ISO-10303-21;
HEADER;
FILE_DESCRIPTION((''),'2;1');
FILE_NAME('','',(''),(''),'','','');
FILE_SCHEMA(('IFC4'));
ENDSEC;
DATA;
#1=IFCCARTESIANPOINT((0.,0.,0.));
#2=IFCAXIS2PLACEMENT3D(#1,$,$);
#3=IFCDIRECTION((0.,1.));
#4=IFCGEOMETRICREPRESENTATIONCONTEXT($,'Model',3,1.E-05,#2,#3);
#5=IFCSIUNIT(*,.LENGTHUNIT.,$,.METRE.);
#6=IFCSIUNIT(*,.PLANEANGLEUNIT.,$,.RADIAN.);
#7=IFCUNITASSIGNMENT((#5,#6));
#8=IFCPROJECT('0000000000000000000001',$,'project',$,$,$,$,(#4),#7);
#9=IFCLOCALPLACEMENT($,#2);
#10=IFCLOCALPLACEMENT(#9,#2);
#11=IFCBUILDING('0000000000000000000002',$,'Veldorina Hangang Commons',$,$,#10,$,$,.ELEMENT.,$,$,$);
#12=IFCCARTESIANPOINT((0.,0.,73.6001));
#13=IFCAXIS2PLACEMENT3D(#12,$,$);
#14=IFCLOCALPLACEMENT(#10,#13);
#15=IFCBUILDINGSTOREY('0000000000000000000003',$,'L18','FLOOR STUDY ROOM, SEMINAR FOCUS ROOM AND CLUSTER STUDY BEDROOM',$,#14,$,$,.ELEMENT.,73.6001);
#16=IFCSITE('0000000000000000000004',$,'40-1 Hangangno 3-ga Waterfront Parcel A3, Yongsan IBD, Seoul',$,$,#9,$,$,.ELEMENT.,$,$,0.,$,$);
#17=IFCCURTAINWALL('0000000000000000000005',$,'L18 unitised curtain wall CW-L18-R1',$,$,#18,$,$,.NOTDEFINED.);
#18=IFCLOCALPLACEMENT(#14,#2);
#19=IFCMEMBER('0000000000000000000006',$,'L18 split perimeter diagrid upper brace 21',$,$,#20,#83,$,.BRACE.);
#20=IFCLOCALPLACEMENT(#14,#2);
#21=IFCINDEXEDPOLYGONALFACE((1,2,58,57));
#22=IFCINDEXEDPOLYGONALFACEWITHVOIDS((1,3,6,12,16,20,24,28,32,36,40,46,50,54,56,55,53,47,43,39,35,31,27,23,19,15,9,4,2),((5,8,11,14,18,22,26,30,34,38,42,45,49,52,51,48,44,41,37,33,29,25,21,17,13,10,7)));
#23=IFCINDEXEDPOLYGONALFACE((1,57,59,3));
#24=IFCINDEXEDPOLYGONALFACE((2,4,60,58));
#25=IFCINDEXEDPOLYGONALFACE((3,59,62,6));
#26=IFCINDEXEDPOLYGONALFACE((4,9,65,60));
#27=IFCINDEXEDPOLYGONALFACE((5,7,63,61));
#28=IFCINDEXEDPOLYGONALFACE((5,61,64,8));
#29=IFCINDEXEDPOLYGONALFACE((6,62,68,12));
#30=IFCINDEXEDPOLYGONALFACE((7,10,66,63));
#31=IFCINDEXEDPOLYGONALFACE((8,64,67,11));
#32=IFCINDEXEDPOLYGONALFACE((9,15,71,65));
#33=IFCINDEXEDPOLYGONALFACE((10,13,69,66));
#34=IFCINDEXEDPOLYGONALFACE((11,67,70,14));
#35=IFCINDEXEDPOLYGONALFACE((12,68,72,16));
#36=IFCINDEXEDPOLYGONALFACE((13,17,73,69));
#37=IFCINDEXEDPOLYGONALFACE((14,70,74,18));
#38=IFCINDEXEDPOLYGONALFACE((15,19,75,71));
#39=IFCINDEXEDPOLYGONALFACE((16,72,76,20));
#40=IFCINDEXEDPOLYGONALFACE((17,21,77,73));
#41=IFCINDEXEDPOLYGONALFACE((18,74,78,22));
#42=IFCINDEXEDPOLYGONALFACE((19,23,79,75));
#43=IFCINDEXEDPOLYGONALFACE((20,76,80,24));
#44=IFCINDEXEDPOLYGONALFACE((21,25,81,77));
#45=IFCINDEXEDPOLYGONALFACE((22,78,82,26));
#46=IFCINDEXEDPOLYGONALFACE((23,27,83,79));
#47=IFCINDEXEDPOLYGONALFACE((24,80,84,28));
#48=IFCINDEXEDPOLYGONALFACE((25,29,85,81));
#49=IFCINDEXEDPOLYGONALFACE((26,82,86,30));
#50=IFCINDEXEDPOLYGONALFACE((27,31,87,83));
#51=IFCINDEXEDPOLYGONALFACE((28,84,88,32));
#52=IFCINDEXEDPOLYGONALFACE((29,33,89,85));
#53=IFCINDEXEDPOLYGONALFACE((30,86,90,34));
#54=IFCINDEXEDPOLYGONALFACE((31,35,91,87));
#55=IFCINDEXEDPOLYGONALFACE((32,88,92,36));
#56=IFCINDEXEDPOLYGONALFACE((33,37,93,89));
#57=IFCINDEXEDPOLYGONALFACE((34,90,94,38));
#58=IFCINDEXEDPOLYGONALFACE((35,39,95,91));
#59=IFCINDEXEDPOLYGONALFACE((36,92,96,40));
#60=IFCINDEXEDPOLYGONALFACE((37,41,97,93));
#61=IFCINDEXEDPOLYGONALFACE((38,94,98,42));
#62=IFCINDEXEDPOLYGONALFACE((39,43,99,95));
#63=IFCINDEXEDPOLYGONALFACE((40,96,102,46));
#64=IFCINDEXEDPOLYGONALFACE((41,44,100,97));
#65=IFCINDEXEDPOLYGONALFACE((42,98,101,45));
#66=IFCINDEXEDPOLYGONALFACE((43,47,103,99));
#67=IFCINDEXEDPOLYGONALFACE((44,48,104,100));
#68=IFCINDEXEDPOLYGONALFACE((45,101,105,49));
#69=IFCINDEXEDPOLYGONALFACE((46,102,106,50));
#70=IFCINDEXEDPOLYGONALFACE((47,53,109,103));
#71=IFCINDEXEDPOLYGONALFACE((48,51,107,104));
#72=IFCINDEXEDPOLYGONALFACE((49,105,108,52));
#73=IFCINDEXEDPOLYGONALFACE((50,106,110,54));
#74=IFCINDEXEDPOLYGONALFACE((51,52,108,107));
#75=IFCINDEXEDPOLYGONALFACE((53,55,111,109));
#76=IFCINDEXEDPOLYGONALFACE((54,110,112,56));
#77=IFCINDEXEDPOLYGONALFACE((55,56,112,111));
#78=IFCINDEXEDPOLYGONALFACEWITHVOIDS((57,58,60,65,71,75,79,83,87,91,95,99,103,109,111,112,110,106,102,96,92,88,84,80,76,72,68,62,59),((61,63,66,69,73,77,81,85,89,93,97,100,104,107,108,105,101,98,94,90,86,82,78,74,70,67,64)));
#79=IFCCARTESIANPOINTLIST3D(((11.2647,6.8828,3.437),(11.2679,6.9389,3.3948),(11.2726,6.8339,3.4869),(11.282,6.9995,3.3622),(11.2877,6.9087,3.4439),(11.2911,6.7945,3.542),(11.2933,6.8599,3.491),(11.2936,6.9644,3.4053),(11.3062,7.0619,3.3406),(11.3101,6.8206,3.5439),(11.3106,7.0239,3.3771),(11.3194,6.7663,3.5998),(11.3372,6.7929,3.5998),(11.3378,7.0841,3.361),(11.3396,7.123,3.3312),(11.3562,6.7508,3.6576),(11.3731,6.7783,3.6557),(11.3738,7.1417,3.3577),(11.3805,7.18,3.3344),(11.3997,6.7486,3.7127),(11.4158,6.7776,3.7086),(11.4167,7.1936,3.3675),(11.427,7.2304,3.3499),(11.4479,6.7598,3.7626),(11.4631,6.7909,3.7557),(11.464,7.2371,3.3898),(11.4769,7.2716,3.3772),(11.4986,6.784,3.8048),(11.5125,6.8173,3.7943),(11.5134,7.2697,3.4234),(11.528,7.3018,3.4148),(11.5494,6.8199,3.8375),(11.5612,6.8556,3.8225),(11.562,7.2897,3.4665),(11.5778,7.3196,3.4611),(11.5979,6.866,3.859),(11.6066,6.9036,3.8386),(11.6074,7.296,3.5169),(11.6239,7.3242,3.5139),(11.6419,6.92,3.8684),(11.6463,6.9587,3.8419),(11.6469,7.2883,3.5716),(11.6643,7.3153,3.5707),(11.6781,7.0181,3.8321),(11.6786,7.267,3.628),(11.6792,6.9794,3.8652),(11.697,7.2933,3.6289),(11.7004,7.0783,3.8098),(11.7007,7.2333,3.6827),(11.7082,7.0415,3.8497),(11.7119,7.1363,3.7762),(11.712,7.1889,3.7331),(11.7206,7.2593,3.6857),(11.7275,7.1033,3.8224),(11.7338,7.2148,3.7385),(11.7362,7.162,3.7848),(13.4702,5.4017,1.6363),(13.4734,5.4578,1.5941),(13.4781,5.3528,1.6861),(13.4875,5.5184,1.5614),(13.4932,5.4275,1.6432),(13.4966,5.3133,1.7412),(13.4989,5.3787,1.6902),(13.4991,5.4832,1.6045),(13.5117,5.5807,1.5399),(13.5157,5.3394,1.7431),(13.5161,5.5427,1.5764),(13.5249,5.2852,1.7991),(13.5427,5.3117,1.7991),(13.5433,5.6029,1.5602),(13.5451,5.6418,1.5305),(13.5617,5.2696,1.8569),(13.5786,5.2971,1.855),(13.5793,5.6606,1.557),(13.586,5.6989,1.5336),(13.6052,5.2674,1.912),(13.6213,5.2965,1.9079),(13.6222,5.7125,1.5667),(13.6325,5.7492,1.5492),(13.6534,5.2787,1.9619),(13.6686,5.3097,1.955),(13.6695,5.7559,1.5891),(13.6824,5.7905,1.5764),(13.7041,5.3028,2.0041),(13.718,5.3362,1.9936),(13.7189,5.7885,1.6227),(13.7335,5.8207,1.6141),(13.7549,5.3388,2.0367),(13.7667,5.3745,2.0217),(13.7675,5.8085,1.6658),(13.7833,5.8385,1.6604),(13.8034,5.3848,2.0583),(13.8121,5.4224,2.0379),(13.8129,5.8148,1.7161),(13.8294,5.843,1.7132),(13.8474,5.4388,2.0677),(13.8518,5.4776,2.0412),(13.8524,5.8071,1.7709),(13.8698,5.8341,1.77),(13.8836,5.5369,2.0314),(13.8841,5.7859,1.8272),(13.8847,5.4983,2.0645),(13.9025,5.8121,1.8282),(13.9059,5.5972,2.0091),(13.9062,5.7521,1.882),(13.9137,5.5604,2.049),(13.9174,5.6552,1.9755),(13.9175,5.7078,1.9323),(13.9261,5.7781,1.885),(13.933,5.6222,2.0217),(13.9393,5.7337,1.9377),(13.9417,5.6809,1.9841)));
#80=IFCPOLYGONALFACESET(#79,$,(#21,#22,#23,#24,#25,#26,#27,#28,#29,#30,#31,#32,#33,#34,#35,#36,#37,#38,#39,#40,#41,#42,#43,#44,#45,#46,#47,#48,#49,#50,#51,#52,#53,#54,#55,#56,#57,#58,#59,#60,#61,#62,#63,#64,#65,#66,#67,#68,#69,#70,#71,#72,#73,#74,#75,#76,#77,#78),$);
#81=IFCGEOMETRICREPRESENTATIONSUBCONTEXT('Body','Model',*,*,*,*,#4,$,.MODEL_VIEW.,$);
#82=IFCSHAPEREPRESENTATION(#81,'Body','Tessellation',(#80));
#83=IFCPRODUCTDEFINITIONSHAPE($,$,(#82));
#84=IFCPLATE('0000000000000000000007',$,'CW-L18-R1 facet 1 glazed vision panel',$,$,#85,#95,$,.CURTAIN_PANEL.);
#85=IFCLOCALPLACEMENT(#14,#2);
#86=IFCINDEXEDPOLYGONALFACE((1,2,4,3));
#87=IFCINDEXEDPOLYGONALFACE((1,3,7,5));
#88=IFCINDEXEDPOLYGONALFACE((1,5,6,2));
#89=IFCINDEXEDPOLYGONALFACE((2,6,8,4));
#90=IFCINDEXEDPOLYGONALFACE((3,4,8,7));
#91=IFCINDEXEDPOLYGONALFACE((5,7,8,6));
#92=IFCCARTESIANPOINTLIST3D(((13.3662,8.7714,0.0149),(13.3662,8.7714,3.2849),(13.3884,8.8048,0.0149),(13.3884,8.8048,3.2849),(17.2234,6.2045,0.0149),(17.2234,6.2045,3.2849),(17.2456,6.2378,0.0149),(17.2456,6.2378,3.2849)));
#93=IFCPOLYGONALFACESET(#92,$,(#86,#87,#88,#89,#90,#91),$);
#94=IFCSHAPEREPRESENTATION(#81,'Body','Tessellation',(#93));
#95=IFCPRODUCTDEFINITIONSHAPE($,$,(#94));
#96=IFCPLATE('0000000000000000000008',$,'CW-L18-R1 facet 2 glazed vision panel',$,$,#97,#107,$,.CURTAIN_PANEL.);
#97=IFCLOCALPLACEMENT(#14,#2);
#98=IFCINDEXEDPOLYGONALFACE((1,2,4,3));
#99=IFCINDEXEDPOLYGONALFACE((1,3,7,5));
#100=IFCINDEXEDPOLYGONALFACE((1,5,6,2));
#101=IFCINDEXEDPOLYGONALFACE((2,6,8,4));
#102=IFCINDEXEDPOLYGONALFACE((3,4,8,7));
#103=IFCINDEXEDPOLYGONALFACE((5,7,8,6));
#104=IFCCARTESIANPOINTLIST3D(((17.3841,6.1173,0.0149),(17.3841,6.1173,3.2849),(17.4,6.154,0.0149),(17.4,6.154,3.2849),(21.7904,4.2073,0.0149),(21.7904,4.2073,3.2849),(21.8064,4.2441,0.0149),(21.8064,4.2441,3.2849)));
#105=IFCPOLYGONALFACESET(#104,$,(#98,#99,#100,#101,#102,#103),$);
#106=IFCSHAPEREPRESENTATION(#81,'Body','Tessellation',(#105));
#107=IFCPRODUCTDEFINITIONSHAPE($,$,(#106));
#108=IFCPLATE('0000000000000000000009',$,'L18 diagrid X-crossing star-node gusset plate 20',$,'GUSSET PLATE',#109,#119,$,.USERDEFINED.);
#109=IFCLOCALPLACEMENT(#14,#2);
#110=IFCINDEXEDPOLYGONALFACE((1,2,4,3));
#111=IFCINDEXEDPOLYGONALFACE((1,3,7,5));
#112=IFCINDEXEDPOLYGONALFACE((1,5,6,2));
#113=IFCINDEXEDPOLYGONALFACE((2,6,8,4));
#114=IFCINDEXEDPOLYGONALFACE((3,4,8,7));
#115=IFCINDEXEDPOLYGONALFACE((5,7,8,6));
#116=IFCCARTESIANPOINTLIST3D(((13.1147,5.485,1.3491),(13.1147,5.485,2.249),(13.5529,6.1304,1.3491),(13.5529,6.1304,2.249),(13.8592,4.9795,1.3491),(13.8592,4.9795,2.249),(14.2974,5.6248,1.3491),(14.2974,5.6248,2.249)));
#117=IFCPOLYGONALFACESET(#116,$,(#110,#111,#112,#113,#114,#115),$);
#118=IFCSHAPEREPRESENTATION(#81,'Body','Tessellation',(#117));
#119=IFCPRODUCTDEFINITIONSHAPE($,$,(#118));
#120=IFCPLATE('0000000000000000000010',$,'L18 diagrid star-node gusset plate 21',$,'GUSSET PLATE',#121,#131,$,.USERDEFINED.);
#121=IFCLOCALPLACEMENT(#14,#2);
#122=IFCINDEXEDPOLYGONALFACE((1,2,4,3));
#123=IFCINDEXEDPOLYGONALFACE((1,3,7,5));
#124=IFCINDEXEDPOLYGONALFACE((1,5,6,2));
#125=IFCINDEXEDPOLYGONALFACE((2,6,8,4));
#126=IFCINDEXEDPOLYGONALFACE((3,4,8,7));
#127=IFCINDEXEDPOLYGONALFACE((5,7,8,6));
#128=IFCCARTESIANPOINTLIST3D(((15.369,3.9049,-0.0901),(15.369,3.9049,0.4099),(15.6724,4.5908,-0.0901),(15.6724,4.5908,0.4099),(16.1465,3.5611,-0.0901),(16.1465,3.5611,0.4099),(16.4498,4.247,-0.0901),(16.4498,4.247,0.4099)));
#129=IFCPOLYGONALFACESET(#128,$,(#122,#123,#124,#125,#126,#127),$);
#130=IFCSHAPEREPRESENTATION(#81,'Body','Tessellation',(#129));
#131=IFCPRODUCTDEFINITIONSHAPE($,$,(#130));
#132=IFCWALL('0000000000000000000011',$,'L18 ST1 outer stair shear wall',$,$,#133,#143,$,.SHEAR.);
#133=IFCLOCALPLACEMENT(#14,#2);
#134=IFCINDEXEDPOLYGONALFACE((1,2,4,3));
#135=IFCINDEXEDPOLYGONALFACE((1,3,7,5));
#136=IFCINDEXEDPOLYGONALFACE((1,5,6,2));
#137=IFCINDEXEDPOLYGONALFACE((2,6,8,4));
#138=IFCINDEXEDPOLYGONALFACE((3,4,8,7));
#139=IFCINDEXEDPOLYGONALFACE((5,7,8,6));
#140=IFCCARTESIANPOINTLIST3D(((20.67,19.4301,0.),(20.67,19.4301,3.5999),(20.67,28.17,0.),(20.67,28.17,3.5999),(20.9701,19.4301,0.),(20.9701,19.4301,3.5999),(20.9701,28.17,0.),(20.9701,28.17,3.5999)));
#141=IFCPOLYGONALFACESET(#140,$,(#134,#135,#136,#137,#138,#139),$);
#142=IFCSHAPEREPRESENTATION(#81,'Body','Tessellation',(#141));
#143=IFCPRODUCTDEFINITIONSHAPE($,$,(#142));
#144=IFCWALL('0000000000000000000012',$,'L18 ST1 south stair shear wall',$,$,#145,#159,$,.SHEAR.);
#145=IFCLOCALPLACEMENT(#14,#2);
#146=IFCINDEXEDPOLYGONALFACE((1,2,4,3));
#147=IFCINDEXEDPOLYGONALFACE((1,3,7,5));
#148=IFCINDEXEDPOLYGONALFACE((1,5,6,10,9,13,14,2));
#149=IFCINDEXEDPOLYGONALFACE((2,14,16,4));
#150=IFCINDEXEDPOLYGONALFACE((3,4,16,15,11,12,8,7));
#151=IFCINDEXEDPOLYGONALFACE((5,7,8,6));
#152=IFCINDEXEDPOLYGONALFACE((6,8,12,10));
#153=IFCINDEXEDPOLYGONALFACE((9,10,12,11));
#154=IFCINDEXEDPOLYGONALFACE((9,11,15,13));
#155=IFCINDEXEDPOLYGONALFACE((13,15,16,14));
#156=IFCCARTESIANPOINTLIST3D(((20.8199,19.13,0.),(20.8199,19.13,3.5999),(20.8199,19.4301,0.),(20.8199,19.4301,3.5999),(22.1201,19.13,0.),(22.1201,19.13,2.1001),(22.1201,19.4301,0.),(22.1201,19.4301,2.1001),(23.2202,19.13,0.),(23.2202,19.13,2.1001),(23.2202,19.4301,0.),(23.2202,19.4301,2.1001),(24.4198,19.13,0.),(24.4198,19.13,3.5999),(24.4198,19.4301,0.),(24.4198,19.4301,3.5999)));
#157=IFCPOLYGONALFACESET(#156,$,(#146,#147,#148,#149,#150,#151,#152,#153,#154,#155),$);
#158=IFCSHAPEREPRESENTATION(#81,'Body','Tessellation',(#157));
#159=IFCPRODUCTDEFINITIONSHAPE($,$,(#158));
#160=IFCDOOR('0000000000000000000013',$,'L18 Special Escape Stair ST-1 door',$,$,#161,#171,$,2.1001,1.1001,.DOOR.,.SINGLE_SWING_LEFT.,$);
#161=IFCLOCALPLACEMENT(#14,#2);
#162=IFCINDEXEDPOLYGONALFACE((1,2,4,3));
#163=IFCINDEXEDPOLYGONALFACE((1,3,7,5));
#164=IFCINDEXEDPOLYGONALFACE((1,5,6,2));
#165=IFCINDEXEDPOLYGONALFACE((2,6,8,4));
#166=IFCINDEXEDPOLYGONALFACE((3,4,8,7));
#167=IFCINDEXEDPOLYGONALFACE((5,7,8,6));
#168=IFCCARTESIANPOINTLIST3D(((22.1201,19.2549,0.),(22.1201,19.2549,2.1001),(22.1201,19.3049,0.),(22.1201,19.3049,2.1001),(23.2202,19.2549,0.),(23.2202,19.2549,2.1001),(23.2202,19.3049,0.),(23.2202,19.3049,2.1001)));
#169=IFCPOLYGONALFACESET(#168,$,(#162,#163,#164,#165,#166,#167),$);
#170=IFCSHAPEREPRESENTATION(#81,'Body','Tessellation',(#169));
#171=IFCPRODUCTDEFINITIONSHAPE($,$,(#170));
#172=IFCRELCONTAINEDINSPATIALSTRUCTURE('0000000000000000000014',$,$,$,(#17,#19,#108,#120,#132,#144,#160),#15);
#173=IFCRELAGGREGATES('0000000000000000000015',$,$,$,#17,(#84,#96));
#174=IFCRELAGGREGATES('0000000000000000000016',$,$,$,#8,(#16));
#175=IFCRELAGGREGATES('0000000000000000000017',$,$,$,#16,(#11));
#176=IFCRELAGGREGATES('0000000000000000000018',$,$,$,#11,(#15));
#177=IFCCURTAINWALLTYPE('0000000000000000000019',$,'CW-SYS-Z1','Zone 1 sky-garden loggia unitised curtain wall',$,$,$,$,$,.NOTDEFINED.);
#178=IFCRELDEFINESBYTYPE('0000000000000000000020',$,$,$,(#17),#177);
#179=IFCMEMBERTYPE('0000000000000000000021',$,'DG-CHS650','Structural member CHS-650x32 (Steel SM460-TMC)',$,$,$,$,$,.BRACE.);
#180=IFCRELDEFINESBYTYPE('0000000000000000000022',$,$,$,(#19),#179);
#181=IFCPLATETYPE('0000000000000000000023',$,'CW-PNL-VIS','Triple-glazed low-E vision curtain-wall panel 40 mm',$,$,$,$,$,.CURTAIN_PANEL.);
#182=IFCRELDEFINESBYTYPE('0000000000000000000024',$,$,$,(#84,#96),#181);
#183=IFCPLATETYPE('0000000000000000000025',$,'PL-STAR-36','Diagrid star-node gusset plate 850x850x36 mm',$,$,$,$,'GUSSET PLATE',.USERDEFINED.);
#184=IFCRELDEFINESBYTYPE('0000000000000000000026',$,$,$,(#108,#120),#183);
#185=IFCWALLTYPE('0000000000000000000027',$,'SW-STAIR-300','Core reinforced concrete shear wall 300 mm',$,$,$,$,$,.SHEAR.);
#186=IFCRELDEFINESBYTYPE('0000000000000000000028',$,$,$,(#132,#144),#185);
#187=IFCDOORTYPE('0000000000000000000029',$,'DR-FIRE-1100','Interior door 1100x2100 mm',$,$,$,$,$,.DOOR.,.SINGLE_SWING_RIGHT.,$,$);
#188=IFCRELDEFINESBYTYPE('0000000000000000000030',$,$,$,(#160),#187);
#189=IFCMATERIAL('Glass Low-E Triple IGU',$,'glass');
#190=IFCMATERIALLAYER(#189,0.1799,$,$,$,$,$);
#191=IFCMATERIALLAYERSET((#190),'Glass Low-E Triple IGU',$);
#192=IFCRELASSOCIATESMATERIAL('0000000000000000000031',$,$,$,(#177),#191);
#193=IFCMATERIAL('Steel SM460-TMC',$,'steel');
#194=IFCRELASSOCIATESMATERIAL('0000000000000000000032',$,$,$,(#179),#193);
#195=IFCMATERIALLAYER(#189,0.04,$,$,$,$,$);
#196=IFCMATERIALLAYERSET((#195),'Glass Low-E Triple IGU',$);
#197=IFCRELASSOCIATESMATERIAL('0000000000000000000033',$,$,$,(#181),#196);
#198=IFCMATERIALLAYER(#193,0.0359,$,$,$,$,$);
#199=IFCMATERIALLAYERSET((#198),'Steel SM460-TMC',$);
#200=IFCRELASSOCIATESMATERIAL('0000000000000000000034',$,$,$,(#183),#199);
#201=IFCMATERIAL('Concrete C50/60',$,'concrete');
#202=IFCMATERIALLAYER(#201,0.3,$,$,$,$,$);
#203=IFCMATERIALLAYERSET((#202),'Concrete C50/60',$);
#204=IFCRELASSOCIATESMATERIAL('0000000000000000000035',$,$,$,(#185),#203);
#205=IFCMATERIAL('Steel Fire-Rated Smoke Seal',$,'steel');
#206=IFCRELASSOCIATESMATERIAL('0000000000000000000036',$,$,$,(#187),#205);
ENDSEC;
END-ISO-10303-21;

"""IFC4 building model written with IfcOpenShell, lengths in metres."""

from ifc_helpers import new_model, si_unit, direction, frame, frame_2d, origin, origin_2d, place, context, subcontext, project, spatial, rectangle, hollow_circle, extrude, material, layer, layer_set, material_profile, profile_set, type_object, element, fill, aggregate, save


model = new_model("IFC4")

# Units and contexts
model_context = context("Model", 3, precision=1e-05, world=origin(), true_north=direction((0.0, 1.0)))
body_context = subcontext(model_context, "Body", "Model", "MODEL_VIEW")
ifc_project = project(units=[si_unit("LENGTHUNIT", "METRE"), si_unit("PLANEANGLEUNIT", "RADIAN")], contexts=[model_context])

# Site, building, storey
site_placement = place(None, origin())
site = spatial("IfcSite", under=ifc_project, at=site_placement, Name="40-1 Hangangno 3-ga Waterfront Parcel A3, Yongsan IBD, Seoul", CompositionType="ELEMENT", RefElevation=0.0)
building_placement = place(site_placement, origin())
building = spatial("IfcBuilding", under=site, at=building_placement, Name="Veldorina Hangang Commons", CompositionType="ELEMENT")
storey_placement = place(building_placement, frame((0.0, 0.0, 73.6001)))
storey = spatial("IfcBuildingStorey", under=building, at=storey_placement, Name="L18", Description="FLOOR STUDY ROOM, SEMINAR FOCUS ROOM AND CLUSTER STUDY BEDROOM", CompositionType="ELEMENT", Elevation=73.6001)

# Curtain wall
ifc_material_1 = material(Name="Glass Low-E Triple IGU", Category="glass")
ifc_layer_1 = layer(ifc_material_1, 0.1799)
ifc_layer_set_1 = layer_set([ifc_layer_1], Name="Glass Low-E Triple IGU")
curtain_wall_type = type_object("IfcCurtainWallType", Name="CW-SYS-Z1", Description="Zone 1 sky-garden loggia unitised curtain wall", PredefinedType="NOTDEFINED", material=ifc_layer_set_1)
curtain_wall_placement = place(storey_placement, origin())
curtain_wall = element("IfcCurtainWall", 1, at=curtain_wall_placement, inside=storey, type_object=curtain_wall_type, Name="L18 unitised curtain wall CW-L18-R1", PredefinedType="NOTDEFINED")

# Member
ifc_material_2 = material(Name="Steel SM460-TMC", Category="steel")
ifc_material_profile_1 = material_profile(ifc_material_2, hollow_circle(Radius=0.325, WallThickness=0.032, at=origin_2d()), Name="CHS-650x32")
ifc_profile_set_1 = profile_set([ifc_material_profile_1], Name="Steel SM460-TMC")
member_type_1 = type_object("IfcMemberType", Name="DG-CHS650", Description="Structural member CHS-650x32 (Steel SM460-TMC)", PredefinedType="BRACE", material=ifc_profile_set_1)
member_1_placement = place(storey_placement, frame((13.7061, 5.5549, 1.7991), z_axis=(-0.687186, 0.461496, 0.561067), x_axis=(-0.557517, -0.830165, 0.0)))
element("IfcMember", 2, at=member_1_placement, inside=storey, type_object=member_type_1, Name="L18 split perimeter diagrid upper brace 21", PredefinedType="BRACE", context=body_context, shape_type="SweptSolid", body=[
    extrude(hollow_circle(Radius=0.325, WallThickness=0.032, at=origin_2d()), origin(), (0.0, 0.0, 1.0), 3.2095),
])

# Plates
ifc_layer_2 = layer(ifc_material_1, 0.04)
ifc_layer_set_2 = layer_set([ifc_layer_2], Name="Glass Low-E Triple IGU")
plate_type_1 = type_object("IfcPlateType", Name="CW-PNL-VIS", Description="Triple-glazed low-E vision curtain-wall panel 40 mm", PredefinedType="CURTAIN_PANEL", material=ifc_layer_set_2)
plate_1_placement = place(storey_placement, frame((15.3059, 7.5046, 0.0149), z_axis=(0.0, 0.0, 1.0), x_axis=(0.832506, -0.554016, 0.0)))
plate_1 = element("IfcPlate", 3, at=plate_1_placement, type_object=plate_type_1, Name="CW-L18-R1 facet 1 glazed vision panel", PredefinedType="CURTAIN_PANEL", context=body_context, shape_type="SweptSolid", body=[
    extrude(rectangle(XDim=4.6333, YDim=0.04, at=origin_2d()), origin(), (0.0, 0.0, 1.0), 3.27),
])
plate_2_placement = place(storey_placement, frame((19.5952, 5.1807, 0.0149), z_axis=(0.0, 0.0, 1.0), x_axis=(0.917519, -0.397692, 0.0)))
plate_2 = element("IfcPlate", 4, at=plate_2_placement, type_object=plate_type_1, Name="CW-L18-R1 facet 2 glazed vision panel", PredefinedType="CURTAIN_PANEL", context=body_context, shape_type="SweptSolid", body=[
    extrude(rectangle(XDim=4.8025, YDim=0.04, at=origin_2d()), origin(), (0.0, 0.0, 1.0), 3.27),
])
aggregate(curtain_wall, [plate_1, plate_2])

# Plates
ifc_layer_3 = layer(ifc_material_2, 0.0359)
ifc_layer_set_3 = layer_set([ifc_layer_3], Name="Steel SM460-TMC")
plate_type_2 = type_object("IfcPlateType", Name="PL-STAR-36", Description="Diagrid star-node gusset plate 850x850x36 mm", ElementType="GUSSET PLATE", PredefinedType="USERDEFINED", material=ifc_layer_set_3)
plate_3_placement = place(storey_placement, frame((13.7061, 5.5549, 1.3491), z_axis=(0.0, 0.0, 1.0), x_axis=(0.827316, -0.561737, 0.0)))
element("IfcPlate", 5, at=plate_3_placement, inside=storey, type_object=plate_type_2, Name="L18 diagrid X-crossing star-node gusset plate 20", ObjectType="GUSSET PLATE", PredefinedType="USERDEFINED", context=body_context, shape_type="SweptSolid", body=[
    extrude(rectangle(XDim=0.8999, YDim=0.78, at=origin_2d()), origin(), (0.0, 0.0, 1.0), 0.8999),
])
plate_4_placement = place(storey_placement, frame((15.9094, 4.0759, -0.0901), z_axis=(0.0, 0.0, 1.0), x_axis=(0.914558, -0.404455, 0.0)))
element("IfcPlate", 6, at=plate_4_placement, inside=storey, type_object=plate_type_2, Name="L18 diagrid star-node gusset plate 21", ObjectType="GUSSET PLATE", PredefinedType="USERDEFINED", context=body_context, shape_type="SweptSolid", body=[
    extrude(rectangle(XDim=0.8501, YDim=0.75, at=origin_2d()), origin(), (0.0, 0.0, 1.0), 0.5),
])

# Wall
ifc_material_3 = material(Name="Concrete C50/60", Category="concrete")
ifc_layer_4 = layer(ifc_material_3, 0.3)
ifc_layer_set_4 = layer_set([ifc_layer_4], Name="Concrete C50/60")
wall_type_1 = type_object("IfcWallType", Name="SW-STAIR-300", Description="Core reinforced concrete shear wall 300 mm", PredefinedType="SHEAR", material=ifc_layer_set_4)
wall_1_placement = place(storey_placement, frame((20.8201, 19.4299, 0.0), z_axis=(0.0, 0.0, 1.0), x_axis=(0.0, 1.0, 0.0)))
element("IfcWall", 7, at=wall_1_placement, inside=storey, type_object=wall_type_1, Name="L18 ST1 outer stair shear wall", PredefinedType="SHEAR", context=body_context, shape_type="SweptSolid", body=[
    extrude(rectangle(XDim=8.74, YDim=0.3, at=frame_2d((4.3701, 0.0))), origin(), (0.0, 0.0, 1.0), 3.5999),
])

# Wall, opening, door
wall_2_placement = place(storey_placement, frame((20.8201, 19.28, 0.0), z_axis=(0.0, 0.0, 1.0), x_axis=(1.0, 0.0, 0.0)))
wall_2 = element("IfcWall", 8, at=wall_2_placement, inside=storey, type_object=wall_type_1, Name="L18 ST1 south stair shear wall", PredefinedType="SHEAR", context=body_context, shape_type="SweptSolid", body=[
    extrude(rectangle(XDim=3.5999, YDim=0.3, at=frame_2d((1.7998, 0.0))), origin(), (0.0, 0.0, 1.0), 3.5999),
])
opening_1_placement = place(wall_2_placement, frame((1.3, 0.0, 0.0)))
opening_1 = element("IfcOpeningElement", 9, at=opening_1_placement, cuts=wall_2, PredefinedType="OPENING", context=body_context, shape_type="SweptSolid", body=[
    extrude(rectangle(XDim=1.1001, YDim=2.1001, at=frame_2d((0.55, 1.05))), frame((0.0, 0.1602, 0.0), z_axis=(0.0, -1.0, 0.0), x_axis=(1.0, 0.0, 0.0)), (0.0, 0.0, 1.0), 0.3201),
])
ifc_material_4 = material(Name="Steel Fire-Rated Smoke Seal", Category="steel")
door_type_1 = type_object("IfcDoorType", Name="DR-FIRE-1100", Description="Interior door 1100x2100 mm", OperationType="SINGLE_SWING_RIGHT", PredefinedType="DOOR", material=ifc_material_4)
door_1_placement = place(opening_1_placement, origin())
door_1 = element("IfcDoor", 10, at=door_1_placement, inside=storey, type_object=door_type_1, Name="L18 Special Escape Stair ST-1 door", OperationType="SINGLE_SWING_LEFT", OverallHeight=2.1001, OverallWidth=1.1001, PredefinedType="DOOR", context=body_context, shape_type="SweptSolid", body=[
    extrude(rectangle(XDim=1.1001, YDim=2.1001, at=frame_2d((0.55, 1.05))), frame((0.0, 0.0249, 0.0), z_axis=(0.0, -1.0, 0.0), x_axis=(1.0, 0.0, 0.0)), (0.0, 0.0, 1.0), 0.05),
])
fill(opening_1, door_1)

save(model, "model.ifc")
